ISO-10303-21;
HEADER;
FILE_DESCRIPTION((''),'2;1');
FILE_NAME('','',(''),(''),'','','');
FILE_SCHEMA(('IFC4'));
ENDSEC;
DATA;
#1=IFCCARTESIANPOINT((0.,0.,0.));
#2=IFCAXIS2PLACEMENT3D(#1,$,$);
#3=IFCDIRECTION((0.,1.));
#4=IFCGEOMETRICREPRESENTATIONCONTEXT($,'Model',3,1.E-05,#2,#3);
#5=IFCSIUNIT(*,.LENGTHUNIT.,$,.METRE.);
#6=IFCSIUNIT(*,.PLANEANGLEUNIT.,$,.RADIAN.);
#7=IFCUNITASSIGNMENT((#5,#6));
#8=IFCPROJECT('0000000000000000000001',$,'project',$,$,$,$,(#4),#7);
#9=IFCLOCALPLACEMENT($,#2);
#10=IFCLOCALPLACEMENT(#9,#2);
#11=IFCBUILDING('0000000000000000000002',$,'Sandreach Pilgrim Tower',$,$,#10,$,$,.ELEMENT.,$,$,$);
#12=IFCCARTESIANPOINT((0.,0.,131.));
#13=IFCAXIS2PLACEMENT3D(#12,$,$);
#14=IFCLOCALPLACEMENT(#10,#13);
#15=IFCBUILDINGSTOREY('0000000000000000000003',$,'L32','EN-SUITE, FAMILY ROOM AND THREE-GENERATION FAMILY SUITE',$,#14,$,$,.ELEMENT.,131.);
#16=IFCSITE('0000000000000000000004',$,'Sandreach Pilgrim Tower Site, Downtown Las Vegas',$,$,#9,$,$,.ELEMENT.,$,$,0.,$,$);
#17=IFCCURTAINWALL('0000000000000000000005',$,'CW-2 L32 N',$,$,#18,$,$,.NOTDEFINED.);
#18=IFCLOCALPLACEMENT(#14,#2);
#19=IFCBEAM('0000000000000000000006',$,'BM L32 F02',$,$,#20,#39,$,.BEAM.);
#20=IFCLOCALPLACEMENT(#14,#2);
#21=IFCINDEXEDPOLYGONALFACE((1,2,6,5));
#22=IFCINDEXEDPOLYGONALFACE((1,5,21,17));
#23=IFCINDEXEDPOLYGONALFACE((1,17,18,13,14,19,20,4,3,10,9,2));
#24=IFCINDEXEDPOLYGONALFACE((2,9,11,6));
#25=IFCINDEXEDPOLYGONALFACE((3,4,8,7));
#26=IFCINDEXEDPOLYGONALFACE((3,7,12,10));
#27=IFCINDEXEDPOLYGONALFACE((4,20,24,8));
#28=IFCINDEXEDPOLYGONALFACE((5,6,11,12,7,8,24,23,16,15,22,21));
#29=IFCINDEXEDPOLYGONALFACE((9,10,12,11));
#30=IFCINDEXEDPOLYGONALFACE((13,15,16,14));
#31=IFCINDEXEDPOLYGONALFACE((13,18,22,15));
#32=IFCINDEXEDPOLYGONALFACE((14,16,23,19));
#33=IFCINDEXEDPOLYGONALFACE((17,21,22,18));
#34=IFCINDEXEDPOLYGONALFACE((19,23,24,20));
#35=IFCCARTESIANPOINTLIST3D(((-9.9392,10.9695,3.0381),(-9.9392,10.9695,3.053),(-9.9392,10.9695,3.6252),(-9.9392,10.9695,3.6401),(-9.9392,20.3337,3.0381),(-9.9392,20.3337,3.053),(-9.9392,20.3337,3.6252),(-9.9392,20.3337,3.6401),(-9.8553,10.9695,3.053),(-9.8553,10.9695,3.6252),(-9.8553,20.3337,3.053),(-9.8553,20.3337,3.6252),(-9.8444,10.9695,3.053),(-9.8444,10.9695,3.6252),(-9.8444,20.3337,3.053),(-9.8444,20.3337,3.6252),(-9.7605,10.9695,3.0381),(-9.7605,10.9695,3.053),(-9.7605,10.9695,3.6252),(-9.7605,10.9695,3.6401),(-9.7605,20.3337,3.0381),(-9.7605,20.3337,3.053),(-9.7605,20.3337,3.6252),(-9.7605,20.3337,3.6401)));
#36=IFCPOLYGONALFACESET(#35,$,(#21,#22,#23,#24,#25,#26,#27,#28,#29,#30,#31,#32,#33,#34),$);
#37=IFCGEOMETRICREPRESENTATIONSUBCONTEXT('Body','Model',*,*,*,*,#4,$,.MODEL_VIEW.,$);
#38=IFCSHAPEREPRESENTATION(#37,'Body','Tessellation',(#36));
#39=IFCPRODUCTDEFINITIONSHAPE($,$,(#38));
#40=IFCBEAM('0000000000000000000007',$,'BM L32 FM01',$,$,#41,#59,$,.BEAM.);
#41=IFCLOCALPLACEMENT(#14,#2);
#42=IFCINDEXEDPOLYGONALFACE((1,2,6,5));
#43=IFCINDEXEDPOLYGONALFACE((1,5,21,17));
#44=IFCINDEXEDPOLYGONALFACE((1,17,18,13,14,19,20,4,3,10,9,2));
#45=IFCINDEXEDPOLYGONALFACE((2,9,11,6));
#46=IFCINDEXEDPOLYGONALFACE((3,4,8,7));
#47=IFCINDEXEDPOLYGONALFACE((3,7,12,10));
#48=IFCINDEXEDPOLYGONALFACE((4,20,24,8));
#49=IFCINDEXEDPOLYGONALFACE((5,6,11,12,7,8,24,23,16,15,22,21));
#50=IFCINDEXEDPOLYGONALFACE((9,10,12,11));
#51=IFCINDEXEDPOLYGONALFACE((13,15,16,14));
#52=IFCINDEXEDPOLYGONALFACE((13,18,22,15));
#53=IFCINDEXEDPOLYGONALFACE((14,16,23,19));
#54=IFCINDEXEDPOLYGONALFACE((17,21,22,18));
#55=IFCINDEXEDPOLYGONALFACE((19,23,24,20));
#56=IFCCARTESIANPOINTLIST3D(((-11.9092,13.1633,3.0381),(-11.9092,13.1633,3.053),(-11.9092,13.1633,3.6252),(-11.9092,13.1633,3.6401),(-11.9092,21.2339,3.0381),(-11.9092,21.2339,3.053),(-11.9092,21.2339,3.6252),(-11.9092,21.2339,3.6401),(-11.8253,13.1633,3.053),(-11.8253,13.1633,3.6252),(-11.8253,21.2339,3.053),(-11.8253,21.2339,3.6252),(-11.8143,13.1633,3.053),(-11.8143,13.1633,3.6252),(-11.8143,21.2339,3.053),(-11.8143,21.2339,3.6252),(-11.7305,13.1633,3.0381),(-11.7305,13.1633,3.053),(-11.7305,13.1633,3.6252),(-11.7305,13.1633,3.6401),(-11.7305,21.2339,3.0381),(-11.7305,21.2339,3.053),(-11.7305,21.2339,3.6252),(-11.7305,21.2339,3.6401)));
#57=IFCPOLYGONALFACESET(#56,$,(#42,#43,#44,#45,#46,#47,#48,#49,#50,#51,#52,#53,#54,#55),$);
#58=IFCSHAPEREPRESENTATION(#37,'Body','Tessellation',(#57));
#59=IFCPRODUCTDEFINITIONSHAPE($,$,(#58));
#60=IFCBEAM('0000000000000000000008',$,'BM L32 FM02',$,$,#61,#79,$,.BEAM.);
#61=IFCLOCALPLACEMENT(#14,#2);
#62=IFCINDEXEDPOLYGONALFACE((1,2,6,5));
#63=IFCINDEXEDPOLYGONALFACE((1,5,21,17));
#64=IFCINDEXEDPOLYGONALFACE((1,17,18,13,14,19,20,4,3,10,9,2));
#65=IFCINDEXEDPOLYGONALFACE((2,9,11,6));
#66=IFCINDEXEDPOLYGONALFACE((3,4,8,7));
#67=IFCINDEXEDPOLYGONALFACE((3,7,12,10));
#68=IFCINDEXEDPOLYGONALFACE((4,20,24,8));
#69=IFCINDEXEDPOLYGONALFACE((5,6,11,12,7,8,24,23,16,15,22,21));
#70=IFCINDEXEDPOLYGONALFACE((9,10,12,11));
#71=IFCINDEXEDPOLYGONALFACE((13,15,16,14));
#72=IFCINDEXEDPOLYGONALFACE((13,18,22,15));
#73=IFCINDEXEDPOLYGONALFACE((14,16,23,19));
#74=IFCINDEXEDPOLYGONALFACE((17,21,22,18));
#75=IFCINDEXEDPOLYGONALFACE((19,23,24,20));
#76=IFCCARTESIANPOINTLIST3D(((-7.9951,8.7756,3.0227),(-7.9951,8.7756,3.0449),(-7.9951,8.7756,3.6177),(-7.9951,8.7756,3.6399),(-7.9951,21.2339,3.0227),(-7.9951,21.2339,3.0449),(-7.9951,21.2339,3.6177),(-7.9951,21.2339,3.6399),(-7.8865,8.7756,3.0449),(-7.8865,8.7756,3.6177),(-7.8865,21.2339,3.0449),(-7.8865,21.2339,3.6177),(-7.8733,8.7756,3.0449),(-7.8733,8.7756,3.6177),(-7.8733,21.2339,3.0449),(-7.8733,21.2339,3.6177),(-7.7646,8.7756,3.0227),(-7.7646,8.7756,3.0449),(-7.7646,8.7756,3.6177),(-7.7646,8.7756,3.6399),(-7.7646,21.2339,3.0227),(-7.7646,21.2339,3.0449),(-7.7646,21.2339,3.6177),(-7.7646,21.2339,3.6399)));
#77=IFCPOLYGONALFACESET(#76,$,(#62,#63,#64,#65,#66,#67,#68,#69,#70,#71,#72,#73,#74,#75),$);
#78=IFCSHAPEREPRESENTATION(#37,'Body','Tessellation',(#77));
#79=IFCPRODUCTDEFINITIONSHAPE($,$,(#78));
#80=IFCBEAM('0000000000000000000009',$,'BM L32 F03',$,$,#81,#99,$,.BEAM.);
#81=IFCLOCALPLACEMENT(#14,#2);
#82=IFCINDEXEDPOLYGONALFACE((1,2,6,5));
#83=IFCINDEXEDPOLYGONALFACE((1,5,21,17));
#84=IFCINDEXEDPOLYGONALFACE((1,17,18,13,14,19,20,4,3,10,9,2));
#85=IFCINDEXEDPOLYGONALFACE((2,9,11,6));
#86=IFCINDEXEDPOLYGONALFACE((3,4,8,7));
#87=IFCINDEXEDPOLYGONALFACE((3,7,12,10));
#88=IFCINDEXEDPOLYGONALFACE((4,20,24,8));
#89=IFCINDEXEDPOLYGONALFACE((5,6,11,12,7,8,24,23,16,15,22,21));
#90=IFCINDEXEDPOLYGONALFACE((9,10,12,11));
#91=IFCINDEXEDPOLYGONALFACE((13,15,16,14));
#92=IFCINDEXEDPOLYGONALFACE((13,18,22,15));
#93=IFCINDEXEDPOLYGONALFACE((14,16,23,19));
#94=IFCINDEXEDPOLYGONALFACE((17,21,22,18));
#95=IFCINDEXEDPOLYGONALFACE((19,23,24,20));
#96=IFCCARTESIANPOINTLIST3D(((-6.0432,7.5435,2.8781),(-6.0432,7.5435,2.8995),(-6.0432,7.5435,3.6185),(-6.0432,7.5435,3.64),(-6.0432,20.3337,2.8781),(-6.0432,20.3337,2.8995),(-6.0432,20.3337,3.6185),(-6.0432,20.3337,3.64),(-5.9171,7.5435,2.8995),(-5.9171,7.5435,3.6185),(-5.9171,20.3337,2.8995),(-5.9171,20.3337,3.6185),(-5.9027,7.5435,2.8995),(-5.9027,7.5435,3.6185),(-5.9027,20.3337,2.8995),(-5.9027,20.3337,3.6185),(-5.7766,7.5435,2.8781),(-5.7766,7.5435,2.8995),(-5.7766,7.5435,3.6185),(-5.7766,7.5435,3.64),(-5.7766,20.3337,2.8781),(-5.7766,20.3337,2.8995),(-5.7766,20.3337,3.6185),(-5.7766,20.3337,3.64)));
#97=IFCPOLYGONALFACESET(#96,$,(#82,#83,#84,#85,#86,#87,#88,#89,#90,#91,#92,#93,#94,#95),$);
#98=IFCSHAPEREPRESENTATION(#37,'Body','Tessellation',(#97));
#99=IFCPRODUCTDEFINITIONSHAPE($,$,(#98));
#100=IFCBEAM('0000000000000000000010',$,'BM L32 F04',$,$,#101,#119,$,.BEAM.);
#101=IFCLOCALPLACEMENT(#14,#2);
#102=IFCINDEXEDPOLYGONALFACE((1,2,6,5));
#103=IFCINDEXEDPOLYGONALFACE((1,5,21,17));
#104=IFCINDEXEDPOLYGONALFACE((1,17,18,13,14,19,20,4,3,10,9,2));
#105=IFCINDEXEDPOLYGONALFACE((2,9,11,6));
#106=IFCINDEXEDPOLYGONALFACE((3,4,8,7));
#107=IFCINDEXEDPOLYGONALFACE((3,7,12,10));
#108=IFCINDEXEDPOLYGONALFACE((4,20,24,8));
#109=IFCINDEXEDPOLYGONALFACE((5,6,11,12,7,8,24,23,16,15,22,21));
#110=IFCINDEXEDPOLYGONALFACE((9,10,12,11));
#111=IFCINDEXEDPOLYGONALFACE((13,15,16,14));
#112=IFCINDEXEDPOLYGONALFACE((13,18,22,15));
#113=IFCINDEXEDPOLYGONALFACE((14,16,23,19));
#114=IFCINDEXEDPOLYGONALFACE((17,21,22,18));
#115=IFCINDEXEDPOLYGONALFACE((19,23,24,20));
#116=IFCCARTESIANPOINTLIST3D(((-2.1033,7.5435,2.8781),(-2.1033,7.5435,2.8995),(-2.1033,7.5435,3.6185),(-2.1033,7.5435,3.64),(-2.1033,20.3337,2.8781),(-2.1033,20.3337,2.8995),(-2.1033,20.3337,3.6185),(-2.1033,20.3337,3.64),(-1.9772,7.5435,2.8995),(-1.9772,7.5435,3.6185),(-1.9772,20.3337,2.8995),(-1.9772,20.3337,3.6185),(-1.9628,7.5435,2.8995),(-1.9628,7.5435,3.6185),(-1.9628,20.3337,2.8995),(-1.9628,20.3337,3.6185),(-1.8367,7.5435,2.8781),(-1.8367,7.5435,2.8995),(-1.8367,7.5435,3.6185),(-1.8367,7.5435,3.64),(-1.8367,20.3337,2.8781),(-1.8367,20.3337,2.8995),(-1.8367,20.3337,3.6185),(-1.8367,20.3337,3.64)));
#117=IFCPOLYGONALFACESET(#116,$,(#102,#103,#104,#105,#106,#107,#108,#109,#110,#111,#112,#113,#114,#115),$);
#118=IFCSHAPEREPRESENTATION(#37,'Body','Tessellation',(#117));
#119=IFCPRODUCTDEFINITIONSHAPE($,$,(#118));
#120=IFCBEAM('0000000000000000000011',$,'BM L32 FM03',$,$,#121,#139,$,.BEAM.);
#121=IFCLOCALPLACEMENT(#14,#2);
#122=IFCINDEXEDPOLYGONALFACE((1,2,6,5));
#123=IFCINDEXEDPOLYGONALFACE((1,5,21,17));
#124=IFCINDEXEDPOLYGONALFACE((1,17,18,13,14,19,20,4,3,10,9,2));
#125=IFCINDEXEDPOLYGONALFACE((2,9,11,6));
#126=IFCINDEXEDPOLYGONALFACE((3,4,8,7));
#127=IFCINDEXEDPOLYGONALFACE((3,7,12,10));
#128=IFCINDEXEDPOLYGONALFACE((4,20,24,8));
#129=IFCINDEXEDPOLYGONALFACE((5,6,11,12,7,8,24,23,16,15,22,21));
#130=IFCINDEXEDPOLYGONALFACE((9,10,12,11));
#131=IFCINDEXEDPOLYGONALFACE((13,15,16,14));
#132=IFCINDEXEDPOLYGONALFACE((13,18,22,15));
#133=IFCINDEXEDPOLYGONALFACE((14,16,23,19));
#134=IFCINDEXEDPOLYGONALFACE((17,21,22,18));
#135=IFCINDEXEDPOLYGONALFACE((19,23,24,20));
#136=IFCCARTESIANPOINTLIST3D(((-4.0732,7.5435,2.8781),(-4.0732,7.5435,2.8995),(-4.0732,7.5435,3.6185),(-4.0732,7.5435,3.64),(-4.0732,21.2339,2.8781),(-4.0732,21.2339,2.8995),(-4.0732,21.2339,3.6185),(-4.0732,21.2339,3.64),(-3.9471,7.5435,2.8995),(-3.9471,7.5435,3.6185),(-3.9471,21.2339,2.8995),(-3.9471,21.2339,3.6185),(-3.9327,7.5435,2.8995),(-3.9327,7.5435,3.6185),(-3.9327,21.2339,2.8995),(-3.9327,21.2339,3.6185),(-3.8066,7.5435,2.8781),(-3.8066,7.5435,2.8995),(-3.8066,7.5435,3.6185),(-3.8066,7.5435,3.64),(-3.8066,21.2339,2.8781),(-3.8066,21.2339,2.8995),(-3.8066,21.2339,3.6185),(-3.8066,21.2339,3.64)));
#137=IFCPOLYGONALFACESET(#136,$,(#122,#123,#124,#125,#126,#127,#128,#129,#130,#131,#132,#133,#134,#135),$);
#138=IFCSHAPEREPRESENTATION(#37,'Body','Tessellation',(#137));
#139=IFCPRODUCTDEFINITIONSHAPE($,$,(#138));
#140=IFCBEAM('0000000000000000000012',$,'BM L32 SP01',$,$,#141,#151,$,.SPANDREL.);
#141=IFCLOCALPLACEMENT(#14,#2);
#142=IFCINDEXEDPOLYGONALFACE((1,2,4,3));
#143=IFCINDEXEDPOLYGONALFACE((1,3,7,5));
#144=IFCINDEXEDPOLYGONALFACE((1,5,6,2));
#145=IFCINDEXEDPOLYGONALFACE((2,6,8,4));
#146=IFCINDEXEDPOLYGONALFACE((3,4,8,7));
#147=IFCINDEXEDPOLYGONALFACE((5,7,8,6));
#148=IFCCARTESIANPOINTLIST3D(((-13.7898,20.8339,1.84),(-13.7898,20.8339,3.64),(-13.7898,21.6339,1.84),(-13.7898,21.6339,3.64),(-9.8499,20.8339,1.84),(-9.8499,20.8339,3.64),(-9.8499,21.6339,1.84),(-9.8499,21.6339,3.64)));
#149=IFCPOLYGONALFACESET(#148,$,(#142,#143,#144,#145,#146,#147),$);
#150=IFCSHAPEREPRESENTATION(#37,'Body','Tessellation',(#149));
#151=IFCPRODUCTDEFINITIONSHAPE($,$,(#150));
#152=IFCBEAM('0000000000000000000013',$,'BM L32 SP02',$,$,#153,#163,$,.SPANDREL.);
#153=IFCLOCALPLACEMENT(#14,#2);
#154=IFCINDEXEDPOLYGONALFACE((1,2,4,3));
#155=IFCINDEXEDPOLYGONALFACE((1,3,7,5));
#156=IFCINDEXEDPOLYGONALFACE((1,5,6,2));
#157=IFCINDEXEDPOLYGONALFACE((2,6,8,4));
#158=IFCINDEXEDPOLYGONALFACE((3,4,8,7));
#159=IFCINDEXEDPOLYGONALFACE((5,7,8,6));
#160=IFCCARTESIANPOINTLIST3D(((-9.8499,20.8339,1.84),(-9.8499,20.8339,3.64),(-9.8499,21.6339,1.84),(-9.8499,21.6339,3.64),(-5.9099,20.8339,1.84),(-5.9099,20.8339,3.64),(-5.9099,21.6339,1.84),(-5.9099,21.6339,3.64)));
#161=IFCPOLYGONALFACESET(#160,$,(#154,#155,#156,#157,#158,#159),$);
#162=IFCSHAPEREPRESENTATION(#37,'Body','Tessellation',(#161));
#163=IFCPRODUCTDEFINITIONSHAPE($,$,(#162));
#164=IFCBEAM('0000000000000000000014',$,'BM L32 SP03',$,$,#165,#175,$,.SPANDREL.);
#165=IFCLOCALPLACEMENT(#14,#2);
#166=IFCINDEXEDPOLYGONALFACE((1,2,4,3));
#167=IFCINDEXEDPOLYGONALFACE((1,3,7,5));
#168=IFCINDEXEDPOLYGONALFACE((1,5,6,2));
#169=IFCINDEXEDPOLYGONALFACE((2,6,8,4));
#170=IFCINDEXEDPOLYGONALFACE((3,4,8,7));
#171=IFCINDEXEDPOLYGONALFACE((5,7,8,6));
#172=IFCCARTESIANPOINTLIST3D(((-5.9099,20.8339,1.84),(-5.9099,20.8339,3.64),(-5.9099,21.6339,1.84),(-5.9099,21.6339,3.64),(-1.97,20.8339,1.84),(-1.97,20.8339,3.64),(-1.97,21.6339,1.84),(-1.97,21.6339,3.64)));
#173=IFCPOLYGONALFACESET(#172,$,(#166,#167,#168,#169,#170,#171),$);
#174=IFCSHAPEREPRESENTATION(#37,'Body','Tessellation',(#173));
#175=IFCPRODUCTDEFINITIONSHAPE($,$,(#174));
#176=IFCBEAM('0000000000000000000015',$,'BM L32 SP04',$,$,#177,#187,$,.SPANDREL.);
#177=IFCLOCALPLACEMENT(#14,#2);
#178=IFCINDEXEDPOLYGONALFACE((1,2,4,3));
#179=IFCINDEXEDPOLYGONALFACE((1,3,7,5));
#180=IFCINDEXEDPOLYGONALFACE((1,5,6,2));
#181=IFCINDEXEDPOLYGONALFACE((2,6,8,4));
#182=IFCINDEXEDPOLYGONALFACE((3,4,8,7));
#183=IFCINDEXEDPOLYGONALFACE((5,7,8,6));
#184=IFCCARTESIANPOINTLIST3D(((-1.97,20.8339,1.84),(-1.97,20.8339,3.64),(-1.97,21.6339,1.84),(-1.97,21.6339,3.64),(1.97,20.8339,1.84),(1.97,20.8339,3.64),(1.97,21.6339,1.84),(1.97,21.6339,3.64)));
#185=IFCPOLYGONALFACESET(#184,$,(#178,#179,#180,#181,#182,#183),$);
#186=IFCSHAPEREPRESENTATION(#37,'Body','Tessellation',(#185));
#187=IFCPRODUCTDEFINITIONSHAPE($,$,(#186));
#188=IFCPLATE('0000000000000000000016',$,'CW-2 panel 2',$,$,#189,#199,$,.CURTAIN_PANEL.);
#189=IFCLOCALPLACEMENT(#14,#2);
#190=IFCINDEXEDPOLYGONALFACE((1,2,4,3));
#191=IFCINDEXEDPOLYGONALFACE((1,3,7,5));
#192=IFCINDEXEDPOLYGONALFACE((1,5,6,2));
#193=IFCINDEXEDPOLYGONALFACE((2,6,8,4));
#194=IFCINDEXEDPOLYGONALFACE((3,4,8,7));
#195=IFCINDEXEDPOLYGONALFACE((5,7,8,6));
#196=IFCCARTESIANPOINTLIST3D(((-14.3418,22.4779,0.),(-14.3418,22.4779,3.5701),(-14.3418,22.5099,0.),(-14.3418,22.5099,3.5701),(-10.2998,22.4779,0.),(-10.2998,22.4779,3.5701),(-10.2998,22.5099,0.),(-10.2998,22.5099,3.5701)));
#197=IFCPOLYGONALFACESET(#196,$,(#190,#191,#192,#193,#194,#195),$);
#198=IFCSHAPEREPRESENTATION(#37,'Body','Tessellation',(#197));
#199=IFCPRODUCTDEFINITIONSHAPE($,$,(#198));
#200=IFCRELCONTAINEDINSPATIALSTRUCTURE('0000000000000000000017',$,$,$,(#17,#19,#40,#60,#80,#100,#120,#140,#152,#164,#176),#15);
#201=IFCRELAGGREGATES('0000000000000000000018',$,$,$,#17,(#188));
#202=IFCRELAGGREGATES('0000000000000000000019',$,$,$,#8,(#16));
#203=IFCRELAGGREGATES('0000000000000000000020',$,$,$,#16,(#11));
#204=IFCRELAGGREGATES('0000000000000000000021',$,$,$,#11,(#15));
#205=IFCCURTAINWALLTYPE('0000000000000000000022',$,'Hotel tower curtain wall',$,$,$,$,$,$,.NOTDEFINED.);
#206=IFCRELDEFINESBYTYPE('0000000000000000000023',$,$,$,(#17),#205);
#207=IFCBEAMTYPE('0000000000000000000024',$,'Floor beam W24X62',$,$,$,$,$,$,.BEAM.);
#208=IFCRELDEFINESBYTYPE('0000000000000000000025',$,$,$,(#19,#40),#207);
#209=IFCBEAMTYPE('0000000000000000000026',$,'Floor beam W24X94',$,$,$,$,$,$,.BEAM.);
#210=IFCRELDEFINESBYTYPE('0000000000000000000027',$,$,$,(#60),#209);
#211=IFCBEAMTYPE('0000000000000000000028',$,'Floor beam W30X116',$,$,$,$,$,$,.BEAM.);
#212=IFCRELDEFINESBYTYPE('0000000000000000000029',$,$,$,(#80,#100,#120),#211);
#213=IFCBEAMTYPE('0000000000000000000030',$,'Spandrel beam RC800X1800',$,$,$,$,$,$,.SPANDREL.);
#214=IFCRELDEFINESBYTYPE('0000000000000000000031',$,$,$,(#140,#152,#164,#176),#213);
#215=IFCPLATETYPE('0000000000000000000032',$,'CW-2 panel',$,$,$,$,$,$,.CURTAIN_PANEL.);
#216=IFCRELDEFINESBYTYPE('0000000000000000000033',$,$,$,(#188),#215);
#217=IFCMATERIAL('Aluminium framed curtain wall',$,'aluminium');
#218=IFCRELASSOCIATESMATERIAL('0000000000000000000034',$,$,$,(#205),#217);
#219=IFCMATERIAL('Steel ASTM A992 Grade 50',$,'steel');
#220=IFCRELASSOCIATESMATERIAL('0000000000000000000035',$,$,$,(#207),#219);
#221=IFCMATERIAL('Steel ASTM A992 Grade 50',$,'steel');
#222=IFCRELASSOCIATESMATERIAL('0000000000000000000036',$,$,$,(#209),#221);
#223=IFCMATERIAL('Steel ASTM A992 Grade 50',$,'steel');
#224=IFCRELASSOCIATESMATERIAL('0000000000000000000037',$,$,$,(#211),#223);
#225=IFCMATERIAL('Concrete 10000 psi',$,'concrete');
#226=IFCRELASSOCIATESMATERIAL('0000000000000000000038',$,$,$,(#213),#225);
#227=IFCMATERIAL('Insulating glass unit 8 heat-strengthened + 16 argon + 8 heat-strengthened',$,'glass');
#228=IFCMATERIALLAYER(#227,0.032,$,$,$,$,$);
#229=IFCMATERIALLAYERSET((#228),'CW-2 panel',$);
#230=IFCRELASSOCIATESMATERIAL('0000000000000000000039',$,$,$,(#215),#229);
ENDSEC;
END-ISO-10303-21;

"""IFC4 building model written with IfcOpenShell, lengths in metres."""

from ifc_helpers import new_model, si_unit, direction, frame, origin, origin_2d, place, context, subcontext, project, spatial, rectangle, i_section, extrude, material, layer, layer_set, material_profile, profile_set, type_object, element, aggregate, save


model = new_model("IFC4")

# Units and contexts
model_context = context("Model", 3, precision=1e-05, world=origin(), true_north=direction((0.0, 1.0)))
body_context = subcontext(model_context, "Body", "Model", "MODEL_VIEW")
ifc_project = project(units=[si_unit("LENGTHUNIT", "METRE"), si_unit("PLANEANGLEUNIT", "RADIAN")], contexts=[model_context])

# Site, building, storey
site_placement = place(None, origin())
site = spatial("IfcSite", under=ifc_project, at=site_placement, Name="Sandreach Pilgrim Tower Site, Downtown Las Vegas", CompositionType="ELEMENT", RefElevation=0.0)
building_placement = place(site_placement, origin())
building = spatial("IfcBuilding", under=site, at=building_placement, Name="Sandreach Pilgrim Tower", CompositionType="ELEMENT")
storey_placement = place(building_placement, frame((0.0, 0.0, 131.0)))
storey = spatial("IfcBuildingStorey", under=building, at=storey_placement, Name="L32", Description="EN-SUITE, FAMILY ROOM AND THREE-GENERATION FAMILY SUITE", CompositionType="ELEMENT", Elevation=131.0)

# Curtain wall
ifc_material_1 = material(Name="Aluminium framed curtain wall", Category="aluminium")
curtain_wall_type = type_object("IfcCurtainWallType", Name="Hotel tower curtain wall", PredefinedType="NOTDEFINED", material=ifc_material_1)
curtain_wall_placement = place(storey_placement, origin())
curtain_wall = element("IfcCurtainWall", 1, at=curtain_wall_placement, inside=storey, type_object=curtain_wall_type, Name="CW-2 L32 N", PredefinedType="NOTDEFINED")

# Beams
ifc_material_2 = material(Name="Steel ASTM A992 Grade 50", Category="steel")
ifc_material_profile_1 = material_profile(ifc_material_2, i_section(OverallWidth=0.1787, OverallDepth=0.6021, WebThickness=0.011, FlangeThickness=0.0149, at=origin_2d()), Name="W24X62")
ifc_profile_set_1 = profile_set([ifc_material_profile_1], Name="Steel ASTM A992 Grade 50")
beam_type_1 = type_object("IfcBeamType", Name="Floor beam W24X62", PredefinedType="BEAM", material=ifc_profile_set_1)
beam_1_placement = place(storey_placement, frame((-9.8499, 20.3337, 3.3391), z_axis=(0.0, -1.0, 0.0), x_axis=(1.0, 0.0, 0.0)))
element("IfcBeam", 2, at=beam_1_placement, inside=storey, type_object=beam_type_1, Name="BM L32 F02", PredefinedType="BEAM", context=body_context, shape_type="SweptSolid", body=[
    extrude(i_section(OverallWidth=0.1787, OverallDepth=0.6021, WebThickness=0.011, FlangeThickness=0.0149, at=origin_2d()), origin(), (0.0, 0.0, 1.0), 9.3643),
])
beam_2_placement = place(storey_placement, frame((-11.8198, 21.2339, 3.3391), z_axis=(0.0, -1.0, 0.0), x_axis=(1.0, 0.0, 0.0)))
element("IfcBeam", 3, at=beam_2_placement, inside=storey, type_object=beam_type_1, Name="BM L32 FM01", PredefinedType="BEAM", context=body_context, shape_type="SweptSolid", body=[
    extrude(i_section(OverallWidth=0.1787, OverallDepth=0.6021, WebThickness=0.011, FlangeThickness=0.0149, at=origin_2d()), origin(), (0.0, 0.0, 1.0), 8.0706),
])
ifc_material_3 = material(Name="Steel ASTM A992 Grade 50", Category="steel")
ifc_material_profile_2 = material_profile(ifc_material_3, i_section(OverallWidth=0.2305, OverallDepth=0.6172, WebThickness=0.0132, FlangeThickness=0.0222, at=origin_2d()), Name="W24X94")
ifc_profile_set_2 = profile_set([ifc_material_profile_2], Name="Steel ASTM A992 Grade 50")
beam_type_2 = type_object("IfcBeamType", Name="Floor beam W24X94", PredefinedType="BEAM", material=ifc_profile_set_2)
beam_3_placement = place(storey_placement, frame((-7.8799, 21.2339, 3.3313), z_axis=(0.0, -1.0, 0.0), x_axis=(1.0, 0.0, 0.0)))
element("IfcBeam", 4, at=beam_3_placement, inside=storey, type_object=beam_type_2, Name="BM L32 FM02", PredefinedType="BEAM", context=body_context, shape_type="SweptSolid", body=[
    extrude(i_section(OverallWidth=0.2305, OverallDepth=0.6172, WebThickness=0.0132, FlangeThickness=0.0222, at=origin_2d()), origin(), (0.0, 0.0, 1.0), 12.4583),
])
ifc_material_4 = material(Name="Steel ASTM A992 Grade 50", Category="steel")
ifc_material_profile_3 = material_profile(ifc_material_4, i_section(OverallWidth=0.2666, OverallDepth=0.762, WebThickness=0.0144, FlangeThickness=0.0215, at=origin_2d()), Name="W30X116")
ifc_profile_set_3 = profile_set([ifc_material_profile_3], Name="Steel ASTM A992 Grade 50")
beam_type_3 = type_object("IfcBeamType", Name="Floor beam W30X116", PredefinedType="BEAM", material=ifc_profile_set_3)
for number, where, z_axis, x_axis, name in (
    (5, (-5.9099, 20.3337, 3.259), (0.0, -1.0, 0.0), (1.0, 0.0, 0.0), "BM L32 F03"),
    (6, (-1.97, 20.3337, 3.259), (0.0, -1.0, 0.0), (1.0, 0.0, 0.0), "BM L32 F04"),
):
    element("IfcBeam", number, at=place(storey_placement, frame(where, z_axis=z_axis, x_axis=x_axis)), inside=storey, type_object=beam_type_3, Name=name, PredefinedType="BEAM", context=body_context, shape_type="SweptSolid", body=[
        extrude(i_section(OverallWidth=0.2666, OverallDepth=0.762, WebThickness=0.0144, FlangeThickness=0.0215, at=origin_2d()), origin(), (0.0, 0.0, 1.0), 12.7903),
    ])
beam_4_placement = place(storey_placement, frame((-3.9399, 21.2339, 3.259), z_axis=(0.0, -1.0, 0.0), x_axis=(1.0, 0.0, 0.0)))
element("IfcBeam", 7, at=beam_4_placement, inside=storey, type_object=beam_type_3, Name="BM L32 FM03", PredefinedType="BEAM", context=body_context, shape_type="SweptSolid", body=[
    extrude(i_section(OverallWidth=0.2666, OverallDepth=0.762, WebThickness=0.0144, FlangeThickness=0.0215, at=origin_2d()), origin(), (0.0, 0.0, 1.0), 13.6904),
])
ifc_material_5 = material(Name="Concrete 10000 psi", Category="concrete")
ifc_material_profile_4 = material_profile(ifc_material_5, rectangle(XDim=0.8, YDim=1.8, at=origin_2d()), Name="RC800X1800")
ifc_profile_set_4 = profile_set([ifc_material_profile_4], Name="Concrete 10000 psi")
beam_type_4 = type_object("IfcBeamType", Name="Spandrel beam RC800X1800", PredefinedType="SPANDREL", material=ifc_profile_set_4)
for number, where, z_axis, x_axis, name in (
    (8, (-13.7898, 21.2339, 2.74), (1.0, 0.0, 0.0), (0.0, 1.0, 0.0), "BM L32 SP01"),
    (9, (-9.8499, 21.2339, 2.74), (1.0, 0.0, 0.0), (0.0, 1.0, 0.0), "BM L32 SP02"),
    (10, (-5.9099, 21.2339, 2.74), (1.0, 0.0, 0.0), (0.0, 1.0, 0.0), "BM L32 SP03"),
    (11, (-1.97, 21.2339, 2.74), (1.0, 0.0, 0.0), (0.0, 1.0, 0.0), "BM L32 SP04"),
):
    element("IfcBeam", number, at=place(storey_placement, frame(where, z_axis=z_axis, x_axis=x_axis)), inside=storey, type_object=beam_type_4, Name=name, PredefinedType="SPANDREL", context=body_context, shape_type="SweptSolid", body=[
        extrude(rectangle(XDim=0.8, YDim=1.8, at=origin_2d()), origin(), (0.0, 0.0, 1.0), 3.9399),
    ])

# Plate
ifc_material_6 = material(Name="Insulating glass unit 8 heat-strengthened + 16 argon + 8 heat-strengthened", Category="glass")
ifc_layer_1 = layer(ifc_material_6, 0.032)
ifc_layer_set_1 = layer_set([ifc_layer_1], Name="CW-2 panel")
plate_type = type_object("IfcPlateType", Name="CW-2 panel", PredefinedType="CURTAIN_PANEL", material=ifc_layer_set_1)
plate_1_placement = place(storey_placement, frame((-12.3208, 22.4939, 0.0), z_axis=(0.0, 0.0, 1.0), x_axis=(1.0, 0.0, 0.0)))
plate_1 = element("IfcPlate", 12, at=plate_1_placement, type_object=plate_type, Name="CW-2 panel 2", PredefinedType="CURTAIN_PANEL", context=body_context, shape_type="SweptSolid", body=[
    extrude(rectangle(XDim=4.042, YDim=0.032, at=origin_2d()), origin(), (0.0, 0.0, 1.0), 3.5701),
])
aggregate(curtain_wall, [plate_1])

save(model, "model.ifc")
